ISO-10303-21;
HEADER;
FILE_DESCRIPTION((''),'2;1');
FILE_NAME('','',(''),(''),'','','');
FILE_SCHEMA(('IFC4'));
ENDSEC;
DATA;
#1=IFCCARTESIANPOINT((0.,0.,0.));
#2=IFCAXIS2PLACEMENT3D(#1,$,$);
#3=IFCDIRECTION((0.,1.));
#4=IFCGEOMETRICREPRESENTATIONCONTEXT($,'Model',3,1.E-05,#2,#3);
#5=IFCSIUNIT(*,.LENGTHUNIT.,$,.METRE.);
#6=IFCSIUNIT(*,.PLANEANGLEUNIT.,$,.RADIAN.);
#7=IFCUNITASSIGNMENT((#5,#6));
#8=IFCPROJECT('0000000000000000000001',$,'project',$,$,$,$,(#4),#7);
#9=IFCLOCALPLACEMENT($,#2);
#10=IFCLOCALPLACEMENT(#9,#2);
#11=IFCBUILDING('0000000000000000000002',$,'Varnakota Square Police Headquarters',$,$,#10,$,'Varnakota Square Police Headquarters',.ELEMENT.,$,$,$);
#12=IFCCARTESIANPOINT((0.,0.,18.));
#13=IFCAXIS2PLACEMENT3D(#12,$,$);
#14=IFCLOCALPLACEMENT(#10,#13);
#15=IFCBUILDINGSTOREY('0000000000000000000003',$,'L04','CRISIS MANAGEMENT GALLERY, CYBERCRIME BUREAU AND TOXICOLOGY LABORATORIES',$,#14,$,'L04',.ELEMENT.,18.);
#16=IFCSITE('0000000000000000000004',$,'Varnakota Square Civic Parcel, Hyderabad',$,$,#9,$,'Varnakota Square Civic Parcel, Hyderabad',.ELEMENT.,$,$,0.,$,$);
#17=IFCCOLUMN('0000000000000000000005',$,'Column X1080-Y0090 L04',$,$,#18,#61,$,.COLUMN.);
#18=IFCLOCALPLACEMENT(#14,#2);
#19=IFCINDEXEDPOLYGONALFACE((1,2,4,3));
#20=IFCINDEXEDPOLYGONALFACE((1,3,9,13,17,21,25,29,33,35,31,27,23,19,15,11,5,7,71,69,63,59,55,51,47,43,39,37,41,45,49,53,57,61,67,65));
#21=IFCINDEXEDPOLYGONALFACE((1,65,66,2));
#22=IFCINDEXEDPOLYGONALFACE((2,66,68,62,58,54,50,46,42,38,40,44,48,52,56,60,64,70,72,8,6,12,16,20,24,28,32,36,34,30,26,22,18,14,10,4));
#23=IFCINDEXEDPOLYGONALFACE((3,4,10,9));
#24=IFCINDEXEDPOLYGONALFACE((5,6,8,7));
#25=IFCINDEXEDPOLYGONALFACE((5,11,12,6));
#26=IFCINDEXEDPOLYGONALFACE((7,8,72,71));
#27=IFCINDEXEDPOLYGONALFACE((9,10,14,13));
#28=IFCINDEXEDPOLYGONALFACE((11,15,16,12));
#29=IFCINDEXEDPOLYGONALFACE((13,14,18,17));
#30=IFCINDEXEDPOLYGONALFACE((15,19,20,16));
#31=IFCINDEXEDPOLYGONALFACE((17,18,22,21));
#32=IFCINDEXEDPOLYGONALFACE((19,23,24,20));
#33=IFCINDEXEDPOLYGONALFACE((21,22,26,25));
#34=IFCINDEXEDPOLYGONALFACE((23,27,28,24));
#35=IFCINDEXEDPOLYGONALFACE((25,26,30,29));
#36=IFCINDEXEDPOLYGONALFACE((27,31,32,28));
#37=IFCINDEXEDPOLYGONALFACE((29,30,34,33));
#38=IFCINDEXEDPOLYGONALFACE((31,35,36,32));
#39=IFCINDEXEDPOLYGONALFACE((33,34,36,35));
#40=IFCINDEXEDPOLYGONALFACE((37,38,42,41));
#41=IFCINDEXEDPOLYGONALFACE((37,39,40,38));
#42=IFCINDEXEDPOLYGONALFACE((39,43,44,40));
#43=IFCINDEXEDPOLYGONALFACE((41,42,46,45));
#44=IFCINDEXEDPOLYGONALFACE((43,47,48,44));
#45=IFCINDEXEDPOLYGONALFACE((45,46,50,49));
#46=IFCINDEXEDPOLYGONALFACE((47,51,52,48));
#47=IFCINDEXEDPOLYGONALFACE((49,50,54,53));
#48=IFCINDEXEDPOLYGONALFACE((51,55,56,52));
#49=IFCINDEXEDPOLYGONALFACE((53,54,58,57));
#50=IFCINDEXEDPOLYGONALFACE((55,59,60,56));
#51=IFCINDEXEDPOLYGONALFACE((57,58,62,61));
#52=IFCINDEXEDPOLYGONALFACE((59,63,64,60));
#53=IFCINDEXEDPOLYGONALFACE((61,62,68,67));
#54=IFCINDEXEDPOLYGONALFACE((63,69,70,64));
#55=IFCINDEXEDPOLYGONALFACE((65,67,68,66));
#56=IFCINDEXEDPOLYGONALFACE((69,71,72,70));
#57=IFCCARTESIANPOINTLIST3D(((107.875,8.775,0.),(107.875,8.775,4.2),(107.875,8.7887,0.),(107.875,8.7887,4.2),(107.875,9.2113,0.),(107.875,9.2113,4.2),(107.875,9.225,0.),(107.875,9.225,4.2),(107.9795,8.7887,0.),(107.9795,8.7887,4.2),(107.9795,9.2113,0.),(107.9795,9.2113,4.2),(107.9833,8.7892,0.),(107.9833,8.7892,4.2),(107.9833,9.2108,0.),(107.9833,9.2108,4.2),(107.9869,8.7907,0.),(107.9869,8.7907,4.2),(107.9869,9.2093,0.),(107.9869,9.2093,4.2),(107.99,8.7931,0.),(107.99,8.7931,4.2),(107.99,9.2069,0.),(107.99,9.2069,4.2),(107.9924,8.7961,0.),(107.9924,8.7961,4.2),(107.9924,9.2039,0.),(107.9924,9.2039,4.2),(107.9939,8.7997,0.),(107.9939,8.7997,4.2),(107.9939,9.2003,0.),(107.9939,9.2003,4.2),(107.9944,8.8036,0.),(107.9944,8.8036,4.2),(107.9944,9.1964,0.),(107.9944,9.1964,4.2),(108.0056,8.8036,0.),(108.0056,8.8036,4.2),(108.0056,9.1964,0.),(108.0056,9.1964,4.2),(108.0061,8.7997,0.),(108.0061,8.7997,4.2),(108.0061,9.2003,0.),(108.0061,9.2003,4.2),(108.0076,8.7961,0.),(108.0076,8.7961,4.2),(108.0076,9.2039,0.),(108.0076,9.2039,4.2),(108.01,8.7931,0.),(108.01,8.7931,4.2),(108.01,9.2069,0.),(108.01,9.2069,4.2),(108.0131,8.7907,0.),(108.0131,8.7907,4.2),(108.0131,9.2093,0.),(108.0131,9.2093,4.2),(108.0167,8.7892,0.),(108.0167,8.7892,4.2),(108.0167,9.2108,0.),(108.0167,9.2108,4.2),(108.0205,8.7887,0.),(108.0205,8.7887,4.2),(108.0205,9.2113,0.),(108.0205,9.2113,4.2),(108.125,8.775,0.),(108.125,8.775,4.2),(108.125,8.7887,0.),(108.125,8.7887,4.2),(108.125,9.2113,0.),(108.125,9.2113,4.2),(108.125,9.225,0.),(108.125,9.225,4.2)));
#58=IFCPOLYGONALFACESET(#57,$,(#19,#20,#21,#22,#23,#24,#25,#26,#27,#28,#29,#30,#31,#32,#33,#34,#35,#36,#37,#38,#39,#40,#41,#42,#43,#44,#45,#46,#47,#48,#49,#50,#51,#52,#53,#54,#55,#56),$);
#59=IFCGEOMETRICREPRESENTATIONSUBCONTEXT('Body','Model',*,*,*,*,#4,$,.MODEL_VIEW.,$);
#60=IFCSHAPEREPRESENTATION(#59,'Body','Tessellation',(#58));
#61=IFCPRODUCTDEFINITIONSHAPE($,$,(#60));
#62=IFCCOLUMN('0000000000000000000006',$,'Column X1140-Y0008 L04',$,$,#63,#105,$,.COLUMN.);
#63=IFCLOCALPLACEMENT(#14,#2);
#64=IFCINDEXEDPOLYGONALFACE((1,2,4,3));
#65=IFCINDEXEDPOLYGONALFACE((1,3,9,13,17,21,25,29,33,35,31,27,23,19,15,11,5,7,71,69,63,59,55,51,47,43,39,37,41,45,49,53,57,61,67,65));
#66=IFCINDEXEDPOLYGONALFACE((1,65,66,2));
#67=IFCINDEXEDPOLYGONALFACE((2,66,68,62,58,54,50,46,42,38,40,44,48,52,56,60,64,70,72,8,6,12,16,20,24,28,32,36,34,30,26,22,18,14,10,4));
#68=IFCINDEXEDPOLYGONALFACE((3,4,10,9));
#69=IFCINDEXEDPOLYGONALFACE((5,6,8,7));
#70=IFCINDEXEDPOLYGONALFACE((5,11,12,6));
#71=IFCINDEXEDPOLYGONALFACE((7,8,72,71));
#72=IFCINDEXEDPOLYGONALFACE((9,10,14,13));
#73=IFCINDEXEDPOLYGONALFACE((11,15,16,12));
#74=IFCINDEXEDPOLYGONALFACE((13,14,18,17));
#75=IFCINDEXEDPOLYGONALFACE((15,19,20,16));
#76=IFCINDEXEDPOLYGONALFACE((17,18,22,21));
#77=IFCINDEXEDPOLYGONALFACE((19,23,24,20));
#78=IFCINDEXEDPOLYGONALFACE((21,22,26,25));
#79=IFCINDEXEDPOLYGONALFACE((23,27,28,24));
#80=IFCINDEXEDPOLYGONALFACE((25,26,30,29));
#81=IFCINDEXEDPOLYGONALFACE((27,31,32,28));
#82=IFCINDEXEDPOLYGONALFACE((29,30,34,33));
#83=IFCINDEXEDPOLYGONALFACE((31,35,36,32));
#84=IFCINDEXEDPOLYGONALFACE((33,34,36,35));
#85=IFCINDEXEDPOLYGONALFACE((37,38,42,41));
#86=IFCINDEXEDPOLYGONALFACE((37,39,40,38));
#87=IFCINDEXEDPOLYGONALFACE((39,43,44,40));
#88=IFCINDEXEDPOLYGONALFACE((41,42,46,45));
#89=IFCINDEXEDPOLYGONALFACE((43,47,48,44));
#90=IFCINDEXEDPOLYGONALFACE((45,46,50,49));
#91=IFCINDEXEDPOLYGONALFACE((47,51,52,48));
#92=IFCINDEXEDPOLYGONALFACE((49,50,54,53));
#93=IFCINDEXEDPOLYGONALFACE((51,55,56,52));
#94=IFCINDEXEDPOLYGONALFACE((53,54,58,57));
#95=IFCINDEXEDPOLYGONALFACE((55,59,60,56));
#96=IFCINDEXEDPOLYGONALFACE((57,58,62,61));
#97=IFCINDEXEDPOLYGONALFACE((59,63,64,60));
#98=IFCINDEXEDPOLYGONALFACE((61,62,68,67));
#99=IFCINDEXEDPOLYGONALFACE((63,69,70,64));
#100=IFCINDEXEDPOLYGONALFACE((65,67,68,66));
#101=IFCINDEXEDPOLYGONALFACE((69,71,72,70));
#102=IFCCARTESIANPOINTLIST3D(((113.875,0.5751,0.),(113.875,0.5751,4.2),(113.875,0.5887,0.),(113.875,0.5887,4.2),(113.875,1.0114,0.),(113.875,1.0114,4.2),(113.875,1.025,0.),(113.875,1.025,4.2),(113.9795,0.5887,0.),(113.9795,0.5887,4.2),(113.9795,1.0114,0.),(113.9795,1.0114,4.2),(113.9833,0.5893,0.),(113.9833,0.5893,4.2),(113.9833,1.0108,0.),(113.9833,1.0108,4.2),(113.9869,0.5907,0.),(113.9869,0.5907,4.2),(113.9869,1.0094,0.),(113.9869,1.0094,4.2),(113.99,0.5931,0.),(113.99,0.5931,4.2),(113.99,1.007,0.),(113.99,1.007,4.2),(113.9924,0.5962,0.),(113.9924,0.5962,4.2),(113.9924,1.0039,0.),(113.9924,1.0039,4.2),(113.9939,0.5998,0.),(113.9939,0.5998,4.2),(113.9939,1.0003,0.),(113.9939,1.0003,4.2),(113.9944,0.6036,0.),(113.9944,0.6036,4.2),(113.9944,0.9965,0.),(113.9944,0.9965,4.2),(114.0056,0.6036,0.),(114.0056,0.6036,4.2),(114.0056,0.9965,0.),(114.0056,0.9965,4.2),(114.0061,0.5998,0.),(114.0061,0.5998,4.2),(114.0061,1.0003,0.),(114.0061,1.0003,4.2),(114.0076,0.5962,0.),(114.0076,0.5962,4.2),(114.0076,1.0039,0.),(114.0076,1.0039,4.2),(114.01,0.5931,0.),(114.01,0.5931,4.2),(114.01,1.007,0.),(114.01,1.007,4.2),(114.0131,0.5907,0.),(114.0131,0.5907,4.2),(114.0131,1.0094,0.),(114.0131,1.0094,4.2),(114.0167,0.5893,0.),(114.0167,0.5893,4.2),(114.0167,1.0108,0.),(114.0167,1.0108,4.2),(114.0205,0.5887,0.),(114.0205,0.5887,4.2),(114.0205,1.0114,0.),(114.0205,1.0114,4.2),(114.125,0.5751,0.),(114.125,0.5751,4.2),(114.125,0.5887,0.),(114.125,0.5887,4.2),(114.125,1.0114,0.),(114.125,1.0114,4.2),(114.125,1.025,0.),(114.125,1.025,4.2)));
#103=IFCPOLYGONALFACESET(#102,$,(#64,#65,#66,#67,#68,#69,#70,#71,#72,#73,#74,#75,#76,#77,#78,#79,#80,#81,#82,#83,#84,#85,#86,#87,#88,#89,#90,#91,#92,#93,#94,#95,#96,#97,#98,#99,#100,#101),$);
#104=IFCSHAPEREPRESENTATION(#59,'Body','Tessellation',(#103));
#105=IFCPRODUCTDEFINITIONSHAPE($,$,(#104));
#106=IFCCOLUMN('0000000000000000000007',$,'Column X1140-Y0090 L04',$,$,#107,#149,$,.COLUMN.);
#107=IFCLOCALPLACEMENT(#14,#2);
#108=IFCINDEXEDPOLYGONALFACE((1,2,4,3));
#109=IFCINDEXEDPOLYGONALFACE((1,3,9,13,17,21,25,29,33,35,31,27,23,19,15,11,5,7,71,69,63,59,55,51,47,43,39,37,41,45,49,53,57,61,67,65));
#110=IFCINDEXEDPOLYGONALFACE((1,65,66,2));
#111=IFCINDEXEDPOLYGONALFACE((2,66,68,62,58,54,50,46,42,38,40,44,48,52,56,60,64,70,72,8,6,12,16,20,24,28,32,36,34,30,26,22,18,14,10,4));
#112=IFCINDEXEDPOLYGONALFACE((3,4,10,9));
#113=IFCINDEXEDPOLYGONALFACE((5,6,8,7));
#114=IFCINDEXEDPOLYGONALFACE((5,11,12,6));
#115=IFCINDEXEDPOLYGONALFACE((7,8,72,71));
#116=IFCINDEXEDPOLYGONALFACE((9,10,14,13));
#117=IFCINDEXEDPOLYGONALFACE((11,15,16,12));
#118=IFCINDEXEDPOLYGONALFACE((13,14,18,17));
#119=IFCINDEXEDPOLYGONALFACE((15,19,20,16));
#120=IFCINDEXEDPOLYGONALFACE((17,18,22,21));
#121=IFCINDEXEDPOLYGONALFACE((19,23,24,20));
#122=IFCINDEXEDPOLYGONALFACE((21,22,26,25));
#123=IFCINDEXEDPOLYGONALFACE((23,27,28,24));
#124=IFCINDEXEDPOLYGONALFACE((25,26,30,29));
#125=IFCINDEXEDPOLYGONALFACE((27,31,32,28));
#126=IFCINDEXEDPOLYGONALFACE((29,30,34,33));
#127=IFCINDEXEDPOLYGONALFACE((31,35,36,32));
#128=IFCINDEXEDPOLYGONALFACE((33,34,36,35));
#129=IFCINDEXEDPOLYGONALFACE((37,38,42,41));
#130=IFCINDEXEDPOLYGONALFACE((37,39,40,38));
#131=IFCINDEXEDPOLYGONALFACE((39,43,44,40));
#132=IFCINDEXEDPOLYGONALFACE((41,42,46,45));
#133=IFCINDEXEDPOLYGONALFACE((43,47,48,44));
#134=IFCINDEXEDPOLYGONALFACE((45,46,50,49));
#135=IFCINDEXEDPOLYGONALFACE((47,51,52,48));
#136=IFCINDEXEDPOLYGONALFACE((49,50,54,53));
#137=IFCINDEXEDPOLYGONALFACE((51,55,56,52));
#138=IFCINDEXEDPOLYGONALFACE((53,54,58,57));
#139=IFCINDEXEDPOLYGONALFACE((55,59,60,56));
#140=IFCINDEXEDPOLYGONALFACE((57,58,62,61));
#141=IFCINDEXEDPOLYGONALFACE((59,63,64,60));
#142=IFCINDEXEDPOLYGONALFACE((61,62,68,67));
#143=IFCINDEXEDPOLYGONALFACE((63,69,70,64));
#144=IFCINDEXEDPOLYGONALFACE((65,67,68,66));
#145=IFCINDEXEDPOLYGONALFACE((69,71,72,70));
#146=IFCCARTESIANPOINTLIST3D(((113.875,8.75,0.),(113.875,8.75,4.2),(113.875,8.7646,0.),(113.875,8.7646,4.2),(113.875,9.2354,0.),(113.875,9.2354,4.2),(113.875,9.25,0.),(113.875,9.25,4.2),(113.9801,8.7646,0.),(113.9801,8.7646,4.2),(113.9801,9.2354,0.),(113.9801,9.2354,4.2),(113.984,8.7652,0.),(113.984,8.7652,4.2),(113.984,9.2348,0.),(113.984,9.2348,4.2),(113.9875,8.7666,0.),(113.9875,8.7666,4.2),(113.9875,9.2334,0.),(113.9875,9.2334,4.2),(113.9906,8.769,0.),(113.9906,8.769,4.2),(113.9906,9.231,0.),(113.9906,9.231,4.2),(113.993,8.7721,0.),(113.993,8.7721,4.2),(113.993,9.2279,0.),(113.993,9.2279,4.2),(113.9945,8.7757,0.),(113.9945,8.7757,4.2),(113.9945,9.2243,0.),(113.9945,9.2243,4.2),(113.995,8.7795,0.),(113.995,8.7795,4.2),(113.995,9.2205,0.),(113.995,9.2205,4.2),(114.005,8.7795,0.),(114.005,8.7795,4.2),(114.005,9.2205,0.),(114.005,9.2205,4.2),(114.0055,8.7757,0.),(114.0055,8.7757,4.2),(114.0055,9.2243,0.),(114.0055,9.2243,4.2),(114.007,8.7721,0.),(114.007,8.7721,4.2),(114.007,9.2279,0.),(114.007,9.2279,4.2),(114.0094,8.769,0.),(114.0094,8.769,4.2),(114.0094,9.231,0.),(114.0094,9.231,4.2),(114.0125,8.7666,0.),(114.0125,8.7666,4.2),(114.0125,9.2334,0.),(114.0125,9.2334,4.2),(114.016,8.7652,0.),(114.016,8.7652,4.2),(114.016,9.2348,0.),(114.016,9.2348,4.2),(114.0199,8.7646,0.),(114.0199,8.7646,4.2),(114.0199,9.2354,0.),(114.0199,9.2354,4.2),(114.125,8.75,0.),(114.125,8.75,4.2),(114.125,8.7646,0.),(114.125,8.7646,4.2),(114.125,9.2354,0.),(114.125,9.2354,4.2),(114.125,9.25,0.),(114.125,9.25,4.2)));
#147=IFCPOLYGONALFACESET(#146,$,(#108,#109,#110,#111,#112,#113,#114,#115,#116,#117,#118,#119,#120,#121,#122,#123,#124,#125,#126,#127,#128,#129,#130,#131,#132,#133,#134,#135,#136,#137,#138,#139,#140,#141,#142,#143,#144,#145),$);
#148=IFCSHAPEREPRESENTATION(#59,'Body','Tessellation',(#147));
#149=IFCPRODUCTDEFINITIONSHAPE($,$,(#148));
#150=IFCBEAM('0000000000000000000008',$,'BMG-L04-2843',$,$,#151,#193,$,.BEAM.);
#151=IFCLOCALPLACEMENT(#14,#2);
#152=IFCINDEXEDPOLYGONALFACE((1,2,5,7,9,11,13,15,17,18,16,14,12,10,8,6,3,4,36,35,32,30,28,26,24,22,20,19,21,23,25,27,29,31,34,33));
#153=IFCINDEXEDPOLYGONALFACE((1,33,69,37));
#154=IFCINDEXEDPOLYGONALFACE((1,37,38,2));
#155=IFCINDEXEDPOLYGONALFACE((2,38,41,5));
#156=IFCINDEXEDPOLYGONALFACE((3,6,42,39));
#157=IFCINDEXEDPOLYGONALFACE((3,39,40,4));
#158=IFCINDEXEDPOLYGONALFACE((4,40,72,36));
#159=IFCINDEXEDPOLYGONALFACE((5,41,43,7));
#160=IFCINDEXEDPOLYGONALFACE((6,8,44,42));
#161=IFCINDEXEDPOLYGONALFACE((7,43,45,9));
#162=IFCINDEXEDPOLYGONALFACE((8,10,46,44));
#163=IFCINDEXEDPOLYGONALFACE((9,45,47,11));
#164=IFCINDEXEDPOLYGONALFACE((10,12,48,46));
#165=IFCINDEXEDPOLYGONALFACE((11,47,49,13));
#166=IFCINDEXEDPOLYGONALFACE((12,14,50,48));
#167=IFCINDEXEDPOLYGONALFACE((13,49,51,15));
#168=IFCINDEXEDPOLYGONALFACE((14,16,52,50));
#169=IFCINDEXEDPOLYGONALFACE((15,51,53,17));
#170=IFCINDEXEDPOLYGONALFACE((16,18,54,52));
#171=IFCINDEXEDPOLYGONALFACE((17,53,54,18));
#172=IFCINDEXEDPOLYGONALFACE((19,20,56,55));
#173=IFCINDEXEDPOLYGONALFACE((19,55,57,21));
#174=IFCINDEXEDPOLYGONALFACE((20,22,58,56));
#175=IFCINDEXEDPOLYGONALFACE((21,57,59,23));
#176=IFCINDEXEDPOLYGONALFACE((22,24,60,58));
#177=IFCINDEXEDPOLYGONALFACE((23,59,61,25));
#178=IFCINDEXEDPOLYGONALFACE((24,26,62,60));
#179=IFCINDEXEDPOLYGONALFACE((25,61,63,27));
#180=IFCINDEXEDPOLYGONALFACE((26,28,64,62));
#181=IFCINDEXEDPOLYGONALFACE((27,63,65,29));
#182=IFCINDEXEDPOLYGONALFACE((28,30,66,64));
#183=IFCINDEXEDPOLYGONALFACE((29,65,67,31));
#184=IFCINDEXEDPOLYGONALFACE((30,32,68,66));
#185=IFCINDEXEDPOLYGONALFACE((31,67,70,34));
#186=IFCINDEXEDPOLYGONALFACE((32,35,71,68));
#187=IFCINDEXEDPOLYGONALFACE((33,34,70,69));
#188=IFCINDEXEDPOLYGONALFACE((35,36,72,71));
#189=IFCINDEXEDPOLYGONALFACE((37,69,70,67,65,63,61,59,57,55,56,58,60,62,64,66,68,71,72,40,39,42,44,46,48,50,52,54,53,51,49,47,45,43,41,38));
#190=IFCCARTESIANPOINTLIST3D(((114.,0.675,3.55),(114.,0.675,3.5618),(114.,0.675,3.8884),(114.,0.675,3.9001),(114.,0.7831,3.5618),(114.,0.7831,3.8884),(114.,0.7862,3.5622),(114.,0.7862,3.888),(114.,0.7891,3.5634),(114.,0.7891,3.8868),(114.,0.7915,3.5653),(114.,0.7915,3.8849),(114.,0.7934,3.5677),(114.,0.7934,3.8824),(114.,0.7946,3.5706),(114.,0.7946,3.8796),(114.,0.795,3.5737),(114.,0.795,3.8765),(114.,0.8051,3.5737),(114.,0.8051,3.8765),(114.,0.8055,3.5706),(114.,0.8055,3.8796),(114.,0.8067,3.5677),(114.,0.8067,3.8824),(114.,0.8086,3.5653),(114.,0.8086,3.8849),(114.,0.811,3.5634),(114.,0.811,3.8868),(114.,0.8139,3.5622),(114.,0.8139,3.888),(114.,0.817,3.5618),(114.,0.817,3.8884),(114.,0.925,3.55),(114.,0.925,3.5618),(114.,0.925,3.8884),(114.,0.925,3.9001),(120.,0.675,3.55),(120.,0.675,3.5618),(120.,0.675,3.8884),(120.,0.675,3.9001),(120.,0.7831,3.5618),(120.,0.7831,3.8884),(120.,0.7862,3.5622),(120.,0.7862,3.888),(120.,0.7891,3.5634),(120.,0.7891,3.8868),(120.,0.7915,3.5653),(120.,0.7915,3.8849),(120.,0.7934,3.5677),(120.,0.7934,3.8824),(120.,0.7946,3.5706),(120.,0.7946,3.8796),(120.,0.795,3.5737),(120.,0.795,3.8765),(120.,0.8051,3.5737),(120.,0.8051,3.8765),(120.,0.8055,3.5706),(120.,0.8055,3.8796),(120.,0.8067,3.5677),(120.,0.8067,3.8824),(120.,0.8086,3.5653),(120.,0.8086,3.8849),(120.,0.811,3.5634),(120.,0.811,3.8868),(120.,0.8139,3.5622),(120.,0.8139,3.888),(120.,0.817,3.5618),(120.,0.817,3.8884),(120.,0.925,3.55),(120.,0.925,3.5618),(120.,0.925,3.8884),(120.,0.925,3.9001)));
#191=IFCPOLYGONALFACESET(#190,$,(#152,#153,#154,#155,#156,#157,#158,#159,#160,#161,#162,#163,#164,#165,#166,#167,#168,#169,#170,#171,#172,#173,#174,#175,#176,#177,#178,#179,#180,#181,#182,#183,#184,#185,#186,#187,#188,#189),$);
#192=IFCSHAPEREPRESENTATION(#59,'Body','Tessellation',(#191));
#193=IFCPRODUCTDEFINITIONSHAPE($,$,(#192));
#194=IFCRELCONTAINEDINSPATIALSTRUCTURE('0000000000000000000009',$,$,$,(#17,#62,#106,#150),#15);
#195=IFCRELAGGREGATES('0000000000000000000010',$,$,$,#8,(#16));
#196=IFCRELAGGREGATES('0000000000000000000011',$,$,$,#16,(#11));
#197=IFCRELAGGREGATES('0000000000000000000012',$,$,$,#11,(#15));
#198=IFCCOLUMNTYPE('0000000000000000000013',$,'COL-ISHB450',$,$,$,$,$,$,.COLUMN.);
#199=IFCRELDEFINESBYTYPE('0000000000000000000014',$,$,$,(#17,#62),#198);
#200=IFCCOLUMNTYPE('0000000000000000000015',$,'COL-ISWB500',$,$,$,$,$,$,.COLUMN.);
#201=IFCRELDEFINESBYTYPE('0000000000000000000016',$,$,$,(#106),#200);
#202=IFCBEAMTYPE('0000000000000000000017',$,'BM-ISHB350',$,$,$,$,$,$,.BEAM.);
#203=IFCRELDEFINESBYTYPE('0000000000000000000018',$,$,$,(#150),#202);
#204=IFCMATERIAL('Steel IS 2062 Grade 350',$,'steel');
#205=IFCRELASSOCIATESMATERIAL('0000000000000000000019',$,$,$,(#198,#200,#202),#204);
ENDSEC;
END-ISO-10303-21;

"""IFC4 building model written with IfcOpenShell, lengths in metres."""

from ifc_helpers import new_model, si_unit, direction, frame, origin, origin_2d, place, context, subcontext, project, spatial, i_section, extrude, material, material_profile, profile_set, type_object, element, save


model = new_model("IFC4")

# Units and contexts
model_context = context("Model", 3, precision=1e-05, world=origin(), true_north=direction((0.0, 1.0)))
body_context = subcontext(model_context, "Body", "Model", "MODEL_VIEW")
ifc_project = project(units=[si_unit("LENGTHUNIT", "METRE"), si_unit("PLANEANGLEUNIT", "RADIAN")], contexts=[model_context])

# Site, building, storey
site_placement = place(None, origin())
site = spatial("IfcSite", under=ifc_project, at=site_placement, Name="Varnakota Square Civic Parcel, Hyderabad", LongName="Varnakota Square Civic Parcel, Hyderabad", CompositionType="ELEMENT", RefElevation=0.0)
building_placement = place(site_placement, origin())
building = spatial("IfcBuilding", under=site, at=building_placement, Name="Varnakota Square Police Headquarters", LongName="Varnakota Square Police Headquarters", CompositionType="ELEMENT")
storey_placement = place(building_placement, frame((0.0, 0.0, 18.0)))
storey = spatial("IfcBuildingStorey", under=building, at=storey_placement, Name="L04", Description="CRISIS MANAGEMENT GALLERY, CYBERCRIME BUREAU AND TOXICOLOGY LABORATORIES", LongName="L04", CompositionType="ELEMENT", Elevation=18.0)

# Columns
ifc_material_1 = material(Name="Steel IS 2062 Grade 350", Category="steel")
ifc_material_profile_1 = material_profile(ifc_material_1, i_section(OverallWidth=0.25, OverallDepth=0.45, WebThickness=0.0112, FlangeThickness=0.0137, FilletRadius=0.0149, at=origin_2d()), Name="ISHB 450")
ifc_profile_set_1 = profile_set([ifc_material_profile_1], Name="Steel IS 2062 Grade 350")
column_type_1 = type_object("IfcColumnType", Name="COL-ISHB450", PredefinedType="COLUMN", material=ifc_profile_set_1)
for number, where, z_axis, x_axis, name in (
    (1, (108.0, 9.0, 0.0), (0.0, 0.0, 1.0), (1.0, 0.0, 0.0), "Column X1080-Y0090 L04"),
    (2, (114.0, 0.8, 0.0), (0.0, 0.0, 1.0), (1.0, 0.0, 0.0), "Column X1140-Y0008 L04"),
):
    element("IfcColumn", number, at=place(storey_placement, frame(where, z_axis=z_axis, x_axis=x_axis)), inside=storey, type_object=column_type_1, Name=name, PredefinedType="COLUMN", context=body_context, shape_type="SweptSolid", body=[
        extrude(i_section(OverallWidth=0.25, OverallDepth=0.45, WebThickness=0.0112, FlangeThickness=0.0137, FilletRadius=0.0149, at=origin_2d()), origin(), (0.0, 0.0, 1.0), 4.2),
    ])
ifc_material_profile_2 = material_profile(ifc_material_1, i_section(OverallWidth=0.25, OverallDepth=0.5, WebThickness=0.01, FlangeThickness=0.0146, FilletRadius=0.0149, at=origin_2d()), Name="ISWB 500")
ifc_profile_set_2 = profile_set([ifc_material_profile_2], Name="Steel IS 2062 Grade 350")
column_type_2 = type_object("IfcColumnType", Name="COL-ISWB500", PredefinedType="COLUMN", material=ifc_profile_set_2)
column_placement = place(storey_placement, frame((114.0, 9.0, 0.0), z_axis=(0.0, 0.0, 1.0), x_axis=(1.0, 0.0, 0.0)))
element("IfcColumn", 3, at=column_placement, inside=storey, type_object=column_type_2, Name="Column X1140-Y0090 L04", PredefinedType="COLUMN", context=body_context, shape_type="SweptSolid", body=[
    extrude(i_section(OverallWidth=0.25, OverallDepth=0.5, WebThickness=0.01, FlangeThickness=0.0146, FilletRadius=0.0149, at=origin_2d()), origin(), (0.0, 0.0, 1.0), 4.2),
])

# Beam
ifc_material_profile_3 = material_profile(ifc_material_1, i_section(OverallWidth=0.25, OverallDepth=0.3501, WebThickness=0.01, FlangeThickness=0.0117, FilletRadius=0.012, at=origin_2d()), Name="ISHB 350")
ifc_profile_set_3 = profile_set([ifc_material_profile_3], Name="Steel IS 2062 Grade 350")
beam_type_1 = type_object("IfcBeamType", Name="BM-ISHB350", PredefinedType="BEAM", material=ifc_profile_set_3)
beam_1_placement = place(storey_placement, frame((114.0, 0.8, 3.7251), z_axis=(1.0, 0.0, 0.0), x_axis=(0.0, 1.0, 0.0)))
element("IfcBeam", 4, at=beam_1_placement, inside=storey, type_object=beam_type_1, Name="BMG-L04-2843", PredefinedType="BEAM", context=body_context, shape_type="SweptSolid", body=[
    extrude(i_section(OverallWidth=0.25, OverallDepth=0.3501, WebThickness=0.01, FlangeThickness=0.0117, FilletRadius=0.012, at=origin_2d()), origin(), (0.0, 0.0, 1.0), 6.0),
])

save(model, "model.ifc")
